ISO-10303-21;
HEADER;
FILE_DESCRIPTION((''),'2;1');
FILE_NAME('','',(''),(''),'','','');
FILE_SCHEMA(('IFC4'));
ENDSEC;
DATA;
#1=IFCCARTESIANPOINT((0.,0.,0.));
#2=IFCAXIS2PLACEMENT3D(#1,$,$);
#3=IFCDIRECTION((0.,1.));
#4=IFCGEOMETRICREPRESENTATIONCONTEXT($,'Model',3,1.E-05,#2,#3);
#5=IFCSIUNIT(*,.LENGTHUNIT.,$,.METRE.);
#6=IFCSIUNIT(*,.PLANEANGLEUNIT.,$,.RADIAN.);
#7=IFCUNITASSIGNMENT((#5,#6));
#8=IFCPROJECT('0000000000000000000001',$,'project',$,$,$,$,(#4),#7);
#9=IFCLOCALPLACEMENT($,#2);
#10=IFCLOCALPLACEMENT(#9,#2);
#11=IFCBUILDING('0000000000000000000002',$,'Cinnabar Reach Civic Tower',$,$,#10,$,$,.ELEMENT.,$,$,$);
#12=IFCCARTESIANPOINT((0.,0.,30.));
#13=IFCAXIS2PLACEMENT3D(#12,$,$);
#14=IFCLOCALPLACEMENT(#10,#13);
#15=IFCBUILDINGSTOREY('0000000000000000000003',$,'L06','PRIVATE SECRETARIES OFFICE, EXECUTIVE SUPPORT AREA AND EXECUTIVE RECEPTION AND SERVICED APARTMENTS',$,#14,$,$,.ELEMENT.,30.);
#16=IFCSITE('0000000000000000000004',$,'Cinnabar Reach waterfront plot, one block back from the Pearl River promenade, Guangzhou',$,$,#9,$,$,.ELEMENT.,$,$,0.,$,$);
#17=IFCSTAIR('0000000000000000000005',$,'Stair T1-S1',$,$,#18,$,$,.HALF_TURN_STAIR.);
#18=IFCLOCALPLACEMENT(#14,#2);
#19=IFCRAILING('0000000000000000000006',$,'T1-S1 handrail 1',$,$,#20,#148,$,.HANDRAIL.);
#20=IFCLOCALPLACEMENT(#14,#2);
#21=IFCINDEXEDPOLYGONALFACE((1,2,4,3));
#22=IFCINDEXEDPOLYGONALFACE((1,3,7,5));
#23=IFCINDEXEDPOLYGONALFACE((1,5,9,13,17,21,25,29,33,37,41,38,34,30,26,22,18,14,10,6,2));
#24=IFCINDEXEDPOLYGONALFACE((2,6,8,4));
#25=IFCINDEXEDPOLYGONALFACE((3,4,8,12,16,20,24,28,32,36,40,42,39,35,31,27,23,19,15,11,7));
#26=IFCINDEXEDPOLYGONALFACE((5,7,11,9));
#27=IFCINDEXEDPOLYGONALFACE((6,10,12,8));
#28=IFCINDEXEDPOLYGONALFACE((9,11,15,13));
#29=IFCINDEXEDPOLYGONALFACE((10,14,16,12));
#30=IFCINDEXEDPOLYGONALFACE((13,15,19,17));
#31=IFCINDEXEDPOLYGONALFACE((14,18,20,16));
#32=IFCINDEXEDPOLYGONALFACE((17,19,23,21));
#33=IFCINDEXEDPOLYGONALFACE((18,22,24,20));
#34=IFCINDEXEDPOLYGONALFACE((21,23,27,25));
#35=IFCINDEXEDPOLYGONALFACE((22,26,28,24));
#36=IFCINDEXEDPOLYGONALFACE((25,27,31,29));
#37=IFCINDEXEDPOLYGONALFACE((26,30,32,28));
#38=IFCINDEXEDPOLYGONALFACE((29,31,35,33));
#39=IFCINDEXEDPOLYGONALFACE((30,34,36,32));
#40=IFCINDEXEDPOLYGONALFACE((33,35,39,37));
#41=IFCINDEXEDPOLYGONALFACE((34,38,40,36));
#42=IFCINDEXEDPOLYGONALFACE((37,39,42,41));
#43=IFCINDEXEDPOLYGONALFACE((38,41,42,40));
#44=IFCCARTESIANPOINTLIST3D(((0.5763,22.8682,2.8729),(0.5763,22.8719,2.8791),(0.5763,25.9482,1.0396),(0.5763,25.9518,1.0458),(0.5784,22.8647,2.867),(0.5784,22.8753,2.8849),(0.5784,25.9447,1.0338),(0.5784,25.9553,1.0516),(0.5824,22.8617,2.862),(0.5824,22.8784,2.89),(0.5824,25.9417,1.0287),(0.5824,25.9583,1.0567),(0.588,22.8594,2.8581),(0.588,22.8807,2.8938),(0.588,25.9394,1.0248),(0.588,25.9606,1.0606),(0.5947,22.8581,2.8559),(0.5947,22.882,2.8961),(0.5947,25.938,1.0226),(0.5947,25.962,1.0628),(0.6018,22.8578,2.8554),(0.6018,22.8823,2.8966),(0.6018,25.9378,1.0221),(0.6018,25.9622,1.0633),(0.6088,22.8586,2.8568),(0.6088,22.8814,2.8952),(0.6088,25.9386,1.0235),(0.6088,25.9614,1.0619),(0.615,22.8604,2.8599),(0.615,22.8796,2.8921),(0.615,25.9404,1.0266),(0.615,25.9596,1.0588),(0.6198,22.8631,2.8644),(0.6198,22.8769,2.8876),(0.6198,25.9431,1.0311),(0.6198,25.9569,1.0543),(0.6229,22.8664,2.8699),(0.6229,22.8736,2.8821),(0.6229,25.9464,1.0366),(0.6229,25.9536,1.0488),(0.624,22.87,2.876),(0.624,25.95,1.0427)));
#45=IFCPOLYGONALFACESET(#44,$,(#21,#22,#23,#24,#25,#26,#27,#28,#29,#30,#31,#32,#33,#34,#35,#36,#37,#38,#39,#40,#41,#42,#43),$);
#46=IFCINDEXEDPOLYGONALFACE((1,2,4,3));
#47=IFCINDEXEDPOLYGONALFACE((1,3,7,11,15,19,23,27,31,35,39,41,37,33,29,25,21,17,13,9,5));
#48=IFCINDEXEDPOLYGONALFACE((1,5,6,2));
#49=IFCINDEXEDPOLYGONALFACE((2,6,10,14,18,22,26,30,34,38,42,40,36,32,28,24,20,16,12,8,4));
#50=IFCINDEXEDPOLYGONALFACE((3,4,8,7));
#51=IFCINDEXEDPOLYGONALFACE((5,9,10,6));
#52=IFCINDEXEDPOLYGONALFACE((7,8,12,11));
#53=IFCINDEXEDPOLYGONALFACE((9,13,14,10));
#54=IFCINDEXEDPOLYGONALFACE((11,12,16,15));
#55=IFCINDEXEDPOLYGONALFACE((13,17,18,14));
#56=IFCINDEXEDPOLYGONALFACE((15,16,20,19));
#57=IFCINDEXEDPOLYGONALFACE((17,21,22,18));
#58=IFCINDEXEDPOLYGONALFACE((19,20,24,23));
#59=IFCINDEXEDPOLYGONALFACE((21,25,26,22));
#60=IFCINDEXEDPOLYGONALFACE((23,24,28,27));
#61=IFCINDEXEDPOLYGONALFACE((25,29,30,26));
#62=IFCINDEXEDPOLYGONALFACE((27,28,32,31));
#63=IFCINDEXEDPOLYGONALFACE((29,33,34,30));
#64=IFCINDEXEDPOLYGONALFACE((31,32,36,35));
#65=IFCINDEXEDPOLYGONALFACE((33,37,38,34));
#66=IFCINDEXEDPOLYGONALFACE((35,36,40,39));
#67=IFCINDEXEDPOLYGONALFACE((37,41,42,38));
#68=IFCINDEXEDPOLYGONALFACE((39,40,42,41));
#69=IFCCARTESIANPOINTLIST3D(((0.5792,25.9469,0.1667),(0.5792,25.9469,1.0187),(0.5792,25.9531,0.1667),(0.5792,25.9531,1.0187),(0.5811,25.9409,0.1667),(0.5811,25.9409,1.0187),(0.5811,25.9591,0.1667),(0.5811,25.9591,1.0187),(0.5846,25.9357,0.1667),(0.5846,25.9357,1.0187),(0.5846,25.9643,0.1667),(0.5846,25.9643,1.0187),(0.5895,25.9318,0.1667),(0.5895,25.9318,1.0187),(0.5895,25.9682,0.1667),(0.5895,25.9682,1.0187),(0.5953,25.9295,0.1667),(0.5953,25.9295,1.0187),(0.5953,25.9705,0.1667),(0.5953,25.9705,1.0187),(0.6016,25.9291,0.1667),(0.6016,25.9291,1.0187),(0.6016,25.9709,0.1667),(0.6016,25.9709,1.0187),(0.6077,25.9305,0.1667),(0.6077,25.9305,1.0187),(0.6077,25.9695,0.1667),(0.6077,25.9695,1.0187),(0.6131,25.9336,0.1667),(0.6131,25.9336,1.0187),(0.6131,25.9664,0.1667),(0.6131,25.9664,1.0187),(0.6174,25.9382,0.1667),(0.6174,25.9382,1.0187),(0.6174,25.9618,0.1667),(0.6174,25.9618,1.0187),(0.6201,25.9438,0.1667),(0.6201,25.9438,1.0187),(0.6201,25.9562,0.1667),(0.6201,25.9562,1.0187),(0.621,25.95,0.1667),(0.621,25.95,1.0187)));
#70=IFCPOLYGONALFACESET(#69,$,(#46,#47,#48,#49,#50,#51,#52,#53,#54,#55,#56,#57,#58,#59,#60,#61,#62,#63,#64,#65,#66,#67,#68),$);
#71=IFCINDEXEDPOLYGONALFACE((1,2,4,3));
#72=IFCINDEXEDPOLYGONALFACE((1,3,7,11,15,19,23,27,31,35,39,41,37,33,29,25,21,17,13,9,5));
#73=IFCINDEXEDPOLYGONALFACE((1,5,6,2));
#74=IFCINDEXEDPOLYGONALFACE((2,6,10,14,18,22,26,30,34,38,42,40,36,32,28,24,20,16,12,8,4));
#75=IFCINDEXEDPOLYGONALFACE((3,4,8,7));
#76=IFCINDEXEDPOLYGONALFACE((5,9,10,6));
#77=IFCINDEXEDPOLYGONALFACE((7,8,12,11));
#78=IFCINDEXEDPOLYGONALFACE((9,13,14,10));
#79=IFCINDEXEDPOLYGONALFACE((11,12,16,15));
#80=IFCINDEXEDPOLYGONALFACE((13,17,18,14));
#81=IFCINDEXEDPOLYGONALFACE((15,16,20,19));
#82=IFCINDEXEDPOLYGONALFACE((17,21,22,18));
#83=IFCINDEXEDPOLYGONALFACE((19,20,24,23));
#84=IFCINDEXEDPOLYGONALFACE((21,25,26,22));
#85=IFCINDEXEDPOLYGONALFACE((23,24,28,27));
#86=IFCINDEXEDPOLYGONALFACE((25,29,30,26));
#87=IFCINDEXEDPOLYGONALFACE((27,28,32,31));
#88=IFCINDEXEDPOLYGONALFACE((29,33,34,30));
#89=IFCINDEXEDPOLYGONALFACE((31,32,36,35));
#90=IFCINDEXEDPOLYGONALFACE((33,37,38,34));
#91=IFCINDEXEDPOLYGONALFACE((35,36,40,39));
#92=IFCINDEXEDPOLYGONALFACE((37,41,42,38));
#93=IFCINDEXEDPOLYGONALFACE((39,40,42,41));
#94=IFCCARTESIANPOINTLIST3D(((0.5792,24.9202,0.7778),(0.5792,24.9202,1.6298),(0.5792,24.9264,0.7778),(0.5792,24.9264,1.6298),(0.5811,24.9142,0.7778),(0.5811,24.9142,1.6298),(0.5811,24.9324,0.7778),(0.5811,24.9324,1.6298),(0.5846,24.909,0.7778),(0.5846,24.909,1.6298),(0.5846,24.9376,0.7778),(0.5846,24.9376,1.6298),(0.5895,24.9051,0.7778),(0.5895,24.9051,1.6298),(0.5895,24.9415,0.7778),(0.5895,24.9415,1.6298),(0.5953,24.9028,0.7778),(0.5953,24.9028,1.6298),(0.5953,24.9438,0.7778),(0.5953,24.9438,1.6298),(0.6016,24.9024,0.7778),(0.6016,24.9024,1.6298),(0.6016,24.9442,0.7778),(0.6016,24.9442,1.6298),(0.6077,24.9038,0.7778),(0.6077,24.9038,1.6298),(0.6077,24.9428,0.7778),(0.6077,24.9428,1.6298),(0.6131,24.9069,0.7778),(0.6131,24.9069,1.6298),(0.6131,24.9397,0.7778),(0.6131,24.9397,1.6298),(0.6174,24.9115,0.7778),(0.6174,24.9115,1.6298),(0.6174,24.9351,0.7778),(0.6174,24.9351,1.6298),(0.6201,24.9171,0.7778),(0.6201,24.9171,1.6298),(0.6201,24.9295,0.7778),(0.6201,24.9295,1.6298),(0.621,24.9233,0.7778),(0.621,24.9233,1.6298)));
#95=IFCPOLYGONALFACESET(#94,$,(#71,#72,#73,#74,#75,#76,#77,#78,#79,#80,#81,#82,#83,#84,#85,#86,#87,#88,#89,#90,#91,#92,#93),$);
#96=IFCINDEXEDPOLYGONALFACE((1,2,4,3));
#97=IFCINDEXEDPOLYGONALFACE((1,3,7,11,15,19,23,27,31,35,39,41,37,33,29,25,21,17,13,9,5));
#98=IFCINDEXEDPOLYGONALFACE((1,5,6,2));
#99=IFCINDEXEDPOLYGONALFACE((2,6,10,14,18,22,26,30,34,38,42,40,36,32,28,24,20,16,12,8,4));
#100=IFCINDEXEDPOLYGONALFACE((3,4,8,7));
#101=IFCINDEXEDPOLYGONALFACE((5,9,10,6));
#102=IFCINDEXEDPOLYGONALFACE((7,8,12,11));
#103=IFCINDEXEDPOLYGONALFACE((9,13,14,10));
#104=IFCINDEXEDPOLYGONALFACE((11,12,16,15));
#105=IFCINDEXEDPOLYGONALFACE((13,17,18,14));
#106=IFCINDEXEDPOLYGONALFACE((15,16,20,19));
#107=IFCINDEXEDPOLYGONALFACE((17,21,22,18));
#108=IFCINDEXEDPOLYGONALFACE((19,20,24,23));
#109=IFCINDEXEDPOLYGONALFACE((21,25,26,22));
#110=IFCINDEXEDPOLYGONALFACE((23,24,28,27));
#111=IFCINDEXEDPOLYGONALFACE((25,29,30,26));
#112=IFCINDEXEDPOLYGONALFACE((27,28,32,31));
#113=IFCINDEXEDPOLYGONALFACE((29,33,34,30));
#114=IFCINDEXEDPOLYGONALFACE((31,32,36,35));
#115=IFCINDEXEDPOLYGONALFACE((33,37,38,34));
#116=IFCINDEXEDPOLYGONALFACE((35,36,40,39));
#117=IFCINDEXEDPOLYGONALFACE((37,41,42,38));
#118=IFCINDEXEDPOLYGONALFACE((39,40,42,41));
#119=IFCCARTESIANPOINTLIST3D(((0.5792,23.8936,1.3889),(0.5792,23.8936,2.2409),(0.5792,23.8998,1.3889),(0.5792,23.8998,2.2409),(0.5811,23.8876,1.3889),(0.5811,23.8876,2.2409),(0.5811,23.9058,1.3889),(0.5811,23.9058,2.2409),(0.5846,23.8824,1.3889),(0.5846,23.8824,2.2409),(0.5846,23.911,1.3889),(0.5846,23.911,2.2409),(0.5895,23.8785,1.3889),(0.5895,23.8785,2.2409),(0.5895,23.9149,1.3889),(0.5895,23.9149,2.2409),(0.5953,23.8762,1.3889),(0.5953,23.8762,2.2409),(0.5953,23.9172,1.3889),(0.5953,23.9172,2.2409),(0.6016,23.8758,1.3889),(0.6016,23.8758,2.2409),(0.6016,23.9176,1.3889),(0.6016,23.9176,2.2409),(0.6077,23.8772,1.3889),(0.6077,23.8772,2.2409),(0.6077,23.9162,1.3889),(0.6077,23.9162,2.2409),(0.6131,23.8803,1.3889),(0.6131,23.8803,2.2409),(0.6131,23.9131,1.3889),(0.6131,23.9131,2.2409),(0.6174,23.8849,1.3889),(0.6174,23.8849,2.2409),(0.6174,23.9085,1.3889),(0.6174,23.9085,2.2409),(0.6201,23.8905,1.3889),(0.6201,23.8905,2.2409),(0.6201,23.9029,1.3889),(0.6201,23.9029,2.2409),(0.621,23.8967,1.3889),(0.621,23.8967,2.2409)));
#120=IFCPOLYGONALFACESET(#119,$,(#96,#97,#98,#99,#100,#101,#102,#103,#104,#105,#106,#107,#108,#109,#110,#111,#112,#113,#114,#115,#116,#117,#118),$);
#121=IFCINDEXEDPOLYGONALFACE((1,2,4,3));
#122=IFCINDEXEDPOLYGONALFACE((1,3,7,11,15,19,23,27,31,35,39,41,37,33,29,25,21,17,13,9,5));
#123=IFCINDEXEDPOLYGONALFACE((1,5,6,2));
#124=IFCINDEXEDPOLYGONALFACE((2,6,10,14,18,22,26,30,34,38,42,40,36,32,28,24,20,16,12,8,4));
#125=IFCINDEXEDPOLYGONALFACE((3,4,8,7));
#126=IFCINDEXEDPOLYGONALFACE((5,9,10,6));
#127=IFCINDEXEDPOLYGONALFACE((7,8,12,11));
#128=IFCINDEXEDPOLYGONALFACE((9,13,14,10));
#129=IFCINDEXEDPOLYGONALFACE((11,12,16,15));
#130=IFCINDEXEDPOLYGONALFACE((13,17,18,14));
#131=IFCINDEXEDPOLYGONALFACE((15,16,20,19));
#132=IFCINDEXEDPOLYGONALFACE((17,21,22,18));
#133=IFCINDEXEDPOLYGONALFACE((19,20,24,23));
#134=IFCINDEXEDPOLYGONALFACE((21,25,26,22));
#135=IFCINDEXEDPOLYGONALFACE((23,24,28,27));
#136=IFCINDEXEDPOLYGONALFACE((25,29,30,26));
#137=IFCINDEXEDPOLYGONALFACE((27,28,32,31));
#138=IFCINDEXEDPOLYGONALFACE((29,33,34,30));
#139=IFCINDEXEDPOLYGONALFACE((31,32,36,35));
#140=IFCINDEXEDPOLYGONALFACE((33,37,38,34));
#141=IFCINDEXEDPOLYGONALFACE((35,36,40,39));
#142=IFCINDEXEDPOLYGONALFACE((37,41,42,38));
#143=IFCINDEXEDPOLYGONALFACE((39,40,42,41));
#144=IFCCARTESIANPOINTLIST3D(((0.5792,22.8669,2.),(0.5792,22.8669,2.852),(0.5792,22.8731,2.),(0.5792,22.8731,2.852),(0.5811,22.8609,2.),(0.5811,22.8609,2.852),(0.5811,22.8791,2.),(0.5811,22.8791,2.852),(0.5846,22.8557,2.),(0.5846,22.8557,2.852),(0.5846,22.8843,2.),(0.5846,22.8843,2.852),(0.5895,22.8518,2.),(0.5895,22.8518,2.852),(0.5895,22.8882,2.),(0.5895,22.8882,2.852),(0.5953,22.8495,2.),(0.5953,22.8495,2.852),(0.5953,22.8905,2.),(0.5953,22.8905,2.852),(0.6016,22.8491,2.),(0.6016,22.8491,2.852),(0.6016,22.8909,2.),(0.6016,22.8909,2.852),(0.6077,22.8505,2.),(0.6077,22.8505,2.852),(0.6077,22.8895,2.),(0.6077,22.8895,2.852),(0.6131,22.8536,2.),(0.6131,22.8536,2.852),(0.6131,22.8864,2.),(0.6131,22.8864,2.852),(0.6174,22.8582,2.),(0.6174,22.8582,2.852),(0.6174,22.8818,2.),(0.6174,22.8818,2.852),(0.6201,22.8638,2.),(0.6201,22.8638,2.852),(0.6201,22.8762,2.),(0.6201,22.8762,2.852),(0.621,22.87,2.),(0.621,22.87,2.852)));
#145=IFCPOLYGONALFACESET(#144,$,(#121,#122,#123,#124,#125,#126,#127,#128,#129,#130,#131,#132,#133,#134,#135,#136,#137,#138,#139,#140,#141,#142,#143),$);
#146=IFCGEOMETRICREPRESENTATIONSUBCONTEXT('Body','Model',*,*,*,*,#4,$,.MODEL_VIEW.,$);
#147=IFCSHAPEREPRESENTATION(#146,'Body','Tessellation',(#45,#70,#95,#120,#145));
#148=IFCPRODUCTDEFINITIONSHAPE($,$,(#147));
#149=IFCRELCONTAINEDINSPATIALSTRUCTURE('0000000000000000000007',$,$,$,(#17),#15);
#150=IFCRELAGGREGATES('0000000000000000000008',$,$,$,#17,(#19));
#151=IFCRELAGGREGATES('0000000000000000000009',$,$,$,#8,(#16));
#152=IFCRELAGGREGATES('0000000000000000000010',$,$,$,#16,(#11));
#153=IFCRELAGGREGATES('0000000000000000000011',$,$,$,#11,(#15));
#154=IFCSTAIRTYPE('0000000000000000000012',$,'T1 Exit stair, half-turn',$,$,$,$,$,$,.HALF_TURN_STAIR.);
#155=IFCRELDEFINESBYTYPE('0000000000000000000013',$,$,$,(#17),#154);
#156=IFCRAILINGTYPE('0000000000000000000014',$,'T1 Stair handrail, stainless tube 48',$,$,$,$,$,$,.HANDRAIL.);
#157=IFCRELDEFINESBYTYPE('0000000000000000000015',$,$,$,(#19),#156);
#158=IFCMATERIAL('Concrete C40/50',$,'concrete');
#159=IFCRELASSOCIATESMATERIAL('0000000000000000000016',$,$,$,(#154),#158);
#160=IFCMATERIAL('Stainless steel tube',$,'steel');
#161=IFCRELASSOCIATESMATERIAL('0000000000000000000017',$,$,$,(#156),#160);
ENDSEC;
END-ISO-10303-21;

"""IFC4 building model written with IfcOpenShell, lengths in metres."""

from ifc_helpers import new_model, si_unit, direction, frame, origin, origin_2d, place, context, subcontext, project, spatial, circle, extrude, material, type_object, element, aggregate, save


model = new_model("IFC4")

# Units and contexts
model_context = context("Model", 3, precision=1e-05, world=origin(), true_north=direction((0.0, 1.0)))
body_context = subcontext(model_context, "Body", "Model", "MODEL_VIEW")
ifc_project = project(units=[si_unit("LENGTHUNIT", "METRE"), si_unit("PLANEANGLEUNIT", "RADIAN")], contexts=[model_context])

# Site, building, storey
site_placement = place(None, origin())
site = spatial("IfcSite", under=ifc_project, at=site_placement, Name="Cinnabar Reach waterfront plot, one block back from the Pearl River promenade, Guangzhou", CompositionType="ELEMENT", RefElevation=0.0)
building_placement = place(site_placement, origin())
building = spatial("IfcBuilding", under=site, at=building_placement, Name="Cinnabar Reach Civic Tower", CompositionType="ELEMENT")
storey_placement = place(building_placement, frame((0.0, 0.0, 30.0)))
storey = spatial("IfcBuildingStorey", under=building, at=storey_placement, Name="L06", Description="PRIVATE SECRETARIES OFFICE, EXECUTIVE SUPPORT AREA AND EXECUTIVE RECEPTION AND SERVICED APARTMENTS", CompositionType="ELEMENT", Elevation=30.0)

# Shared definitions
ifc_material_1 = material(Name="Concrete C40/50", Category="concrete")

# Stair, railing
stair_type = type_object("IfcStairType", Name="T1 Exit stair, half-turn", PredefinedType="HALF_TURN_STAIR", material=ifc_material_1)
stair_placement = place(storey_placement, origin())
stair = element("IfcStair", 1, at=stair_placement, inside=storey, type_object=stair_type, Name="Stair T1-S1", PredefinedType="HALF_TURN_STAIR")
ifc_material_2 = material(Name="Stainless steel tube", Category="steel")
railing_type = type_object("IfcRailingType", Name="T1 Stair handrail, stainless tube 48", PredefinedType="HANDRAIL", material=ifc_material_2)
railing_1_placement = place(storey_placement, frame((0.6, 25.95, 0.1667)))
railing_1 = element("IfcRailing", 2, at=railing_1_placement, type_object=railing_type, Name="T1-S1 handrail 1", PredefinedType="HANDRAIL", context=body_context, shape_type="SweptSolid", body=[
    extrude(circle(Radius=0.024, at=origin_2d()), frame((0.0, 0.0, 0.876), z_axis=(0.0, -0.859297, 0.511477), x_axis=(1.0, 0.0, 0.0)), (0.0, 0.0, 1.0), 3.5843),
    extrude(circle(Radius=0.021, at=origin_2d()), origin(), (0.0, 0.0, 1.0), 0.852),
    extrude(circle(Radius=0.021, at=origin_2d()), frame((0.0, -1.0267, 0.6111)), (0.0, 0.0, 1.0), 0.852),
    extrude(circle(Radius=0.021, at=origin_2d()), frame((0.0, -2.0533, 1.2222)), (0.0, 0.0, 1.0), 0.852),
    extrude(circle(Radius=0.021, at=origin_2d()), frame((0.0, -3.08, 1.8333)), (0.0, 0.0, 1.0), 0.852),
])
aggregate(stair, [railing_1])

save(model, "model.ifc")
